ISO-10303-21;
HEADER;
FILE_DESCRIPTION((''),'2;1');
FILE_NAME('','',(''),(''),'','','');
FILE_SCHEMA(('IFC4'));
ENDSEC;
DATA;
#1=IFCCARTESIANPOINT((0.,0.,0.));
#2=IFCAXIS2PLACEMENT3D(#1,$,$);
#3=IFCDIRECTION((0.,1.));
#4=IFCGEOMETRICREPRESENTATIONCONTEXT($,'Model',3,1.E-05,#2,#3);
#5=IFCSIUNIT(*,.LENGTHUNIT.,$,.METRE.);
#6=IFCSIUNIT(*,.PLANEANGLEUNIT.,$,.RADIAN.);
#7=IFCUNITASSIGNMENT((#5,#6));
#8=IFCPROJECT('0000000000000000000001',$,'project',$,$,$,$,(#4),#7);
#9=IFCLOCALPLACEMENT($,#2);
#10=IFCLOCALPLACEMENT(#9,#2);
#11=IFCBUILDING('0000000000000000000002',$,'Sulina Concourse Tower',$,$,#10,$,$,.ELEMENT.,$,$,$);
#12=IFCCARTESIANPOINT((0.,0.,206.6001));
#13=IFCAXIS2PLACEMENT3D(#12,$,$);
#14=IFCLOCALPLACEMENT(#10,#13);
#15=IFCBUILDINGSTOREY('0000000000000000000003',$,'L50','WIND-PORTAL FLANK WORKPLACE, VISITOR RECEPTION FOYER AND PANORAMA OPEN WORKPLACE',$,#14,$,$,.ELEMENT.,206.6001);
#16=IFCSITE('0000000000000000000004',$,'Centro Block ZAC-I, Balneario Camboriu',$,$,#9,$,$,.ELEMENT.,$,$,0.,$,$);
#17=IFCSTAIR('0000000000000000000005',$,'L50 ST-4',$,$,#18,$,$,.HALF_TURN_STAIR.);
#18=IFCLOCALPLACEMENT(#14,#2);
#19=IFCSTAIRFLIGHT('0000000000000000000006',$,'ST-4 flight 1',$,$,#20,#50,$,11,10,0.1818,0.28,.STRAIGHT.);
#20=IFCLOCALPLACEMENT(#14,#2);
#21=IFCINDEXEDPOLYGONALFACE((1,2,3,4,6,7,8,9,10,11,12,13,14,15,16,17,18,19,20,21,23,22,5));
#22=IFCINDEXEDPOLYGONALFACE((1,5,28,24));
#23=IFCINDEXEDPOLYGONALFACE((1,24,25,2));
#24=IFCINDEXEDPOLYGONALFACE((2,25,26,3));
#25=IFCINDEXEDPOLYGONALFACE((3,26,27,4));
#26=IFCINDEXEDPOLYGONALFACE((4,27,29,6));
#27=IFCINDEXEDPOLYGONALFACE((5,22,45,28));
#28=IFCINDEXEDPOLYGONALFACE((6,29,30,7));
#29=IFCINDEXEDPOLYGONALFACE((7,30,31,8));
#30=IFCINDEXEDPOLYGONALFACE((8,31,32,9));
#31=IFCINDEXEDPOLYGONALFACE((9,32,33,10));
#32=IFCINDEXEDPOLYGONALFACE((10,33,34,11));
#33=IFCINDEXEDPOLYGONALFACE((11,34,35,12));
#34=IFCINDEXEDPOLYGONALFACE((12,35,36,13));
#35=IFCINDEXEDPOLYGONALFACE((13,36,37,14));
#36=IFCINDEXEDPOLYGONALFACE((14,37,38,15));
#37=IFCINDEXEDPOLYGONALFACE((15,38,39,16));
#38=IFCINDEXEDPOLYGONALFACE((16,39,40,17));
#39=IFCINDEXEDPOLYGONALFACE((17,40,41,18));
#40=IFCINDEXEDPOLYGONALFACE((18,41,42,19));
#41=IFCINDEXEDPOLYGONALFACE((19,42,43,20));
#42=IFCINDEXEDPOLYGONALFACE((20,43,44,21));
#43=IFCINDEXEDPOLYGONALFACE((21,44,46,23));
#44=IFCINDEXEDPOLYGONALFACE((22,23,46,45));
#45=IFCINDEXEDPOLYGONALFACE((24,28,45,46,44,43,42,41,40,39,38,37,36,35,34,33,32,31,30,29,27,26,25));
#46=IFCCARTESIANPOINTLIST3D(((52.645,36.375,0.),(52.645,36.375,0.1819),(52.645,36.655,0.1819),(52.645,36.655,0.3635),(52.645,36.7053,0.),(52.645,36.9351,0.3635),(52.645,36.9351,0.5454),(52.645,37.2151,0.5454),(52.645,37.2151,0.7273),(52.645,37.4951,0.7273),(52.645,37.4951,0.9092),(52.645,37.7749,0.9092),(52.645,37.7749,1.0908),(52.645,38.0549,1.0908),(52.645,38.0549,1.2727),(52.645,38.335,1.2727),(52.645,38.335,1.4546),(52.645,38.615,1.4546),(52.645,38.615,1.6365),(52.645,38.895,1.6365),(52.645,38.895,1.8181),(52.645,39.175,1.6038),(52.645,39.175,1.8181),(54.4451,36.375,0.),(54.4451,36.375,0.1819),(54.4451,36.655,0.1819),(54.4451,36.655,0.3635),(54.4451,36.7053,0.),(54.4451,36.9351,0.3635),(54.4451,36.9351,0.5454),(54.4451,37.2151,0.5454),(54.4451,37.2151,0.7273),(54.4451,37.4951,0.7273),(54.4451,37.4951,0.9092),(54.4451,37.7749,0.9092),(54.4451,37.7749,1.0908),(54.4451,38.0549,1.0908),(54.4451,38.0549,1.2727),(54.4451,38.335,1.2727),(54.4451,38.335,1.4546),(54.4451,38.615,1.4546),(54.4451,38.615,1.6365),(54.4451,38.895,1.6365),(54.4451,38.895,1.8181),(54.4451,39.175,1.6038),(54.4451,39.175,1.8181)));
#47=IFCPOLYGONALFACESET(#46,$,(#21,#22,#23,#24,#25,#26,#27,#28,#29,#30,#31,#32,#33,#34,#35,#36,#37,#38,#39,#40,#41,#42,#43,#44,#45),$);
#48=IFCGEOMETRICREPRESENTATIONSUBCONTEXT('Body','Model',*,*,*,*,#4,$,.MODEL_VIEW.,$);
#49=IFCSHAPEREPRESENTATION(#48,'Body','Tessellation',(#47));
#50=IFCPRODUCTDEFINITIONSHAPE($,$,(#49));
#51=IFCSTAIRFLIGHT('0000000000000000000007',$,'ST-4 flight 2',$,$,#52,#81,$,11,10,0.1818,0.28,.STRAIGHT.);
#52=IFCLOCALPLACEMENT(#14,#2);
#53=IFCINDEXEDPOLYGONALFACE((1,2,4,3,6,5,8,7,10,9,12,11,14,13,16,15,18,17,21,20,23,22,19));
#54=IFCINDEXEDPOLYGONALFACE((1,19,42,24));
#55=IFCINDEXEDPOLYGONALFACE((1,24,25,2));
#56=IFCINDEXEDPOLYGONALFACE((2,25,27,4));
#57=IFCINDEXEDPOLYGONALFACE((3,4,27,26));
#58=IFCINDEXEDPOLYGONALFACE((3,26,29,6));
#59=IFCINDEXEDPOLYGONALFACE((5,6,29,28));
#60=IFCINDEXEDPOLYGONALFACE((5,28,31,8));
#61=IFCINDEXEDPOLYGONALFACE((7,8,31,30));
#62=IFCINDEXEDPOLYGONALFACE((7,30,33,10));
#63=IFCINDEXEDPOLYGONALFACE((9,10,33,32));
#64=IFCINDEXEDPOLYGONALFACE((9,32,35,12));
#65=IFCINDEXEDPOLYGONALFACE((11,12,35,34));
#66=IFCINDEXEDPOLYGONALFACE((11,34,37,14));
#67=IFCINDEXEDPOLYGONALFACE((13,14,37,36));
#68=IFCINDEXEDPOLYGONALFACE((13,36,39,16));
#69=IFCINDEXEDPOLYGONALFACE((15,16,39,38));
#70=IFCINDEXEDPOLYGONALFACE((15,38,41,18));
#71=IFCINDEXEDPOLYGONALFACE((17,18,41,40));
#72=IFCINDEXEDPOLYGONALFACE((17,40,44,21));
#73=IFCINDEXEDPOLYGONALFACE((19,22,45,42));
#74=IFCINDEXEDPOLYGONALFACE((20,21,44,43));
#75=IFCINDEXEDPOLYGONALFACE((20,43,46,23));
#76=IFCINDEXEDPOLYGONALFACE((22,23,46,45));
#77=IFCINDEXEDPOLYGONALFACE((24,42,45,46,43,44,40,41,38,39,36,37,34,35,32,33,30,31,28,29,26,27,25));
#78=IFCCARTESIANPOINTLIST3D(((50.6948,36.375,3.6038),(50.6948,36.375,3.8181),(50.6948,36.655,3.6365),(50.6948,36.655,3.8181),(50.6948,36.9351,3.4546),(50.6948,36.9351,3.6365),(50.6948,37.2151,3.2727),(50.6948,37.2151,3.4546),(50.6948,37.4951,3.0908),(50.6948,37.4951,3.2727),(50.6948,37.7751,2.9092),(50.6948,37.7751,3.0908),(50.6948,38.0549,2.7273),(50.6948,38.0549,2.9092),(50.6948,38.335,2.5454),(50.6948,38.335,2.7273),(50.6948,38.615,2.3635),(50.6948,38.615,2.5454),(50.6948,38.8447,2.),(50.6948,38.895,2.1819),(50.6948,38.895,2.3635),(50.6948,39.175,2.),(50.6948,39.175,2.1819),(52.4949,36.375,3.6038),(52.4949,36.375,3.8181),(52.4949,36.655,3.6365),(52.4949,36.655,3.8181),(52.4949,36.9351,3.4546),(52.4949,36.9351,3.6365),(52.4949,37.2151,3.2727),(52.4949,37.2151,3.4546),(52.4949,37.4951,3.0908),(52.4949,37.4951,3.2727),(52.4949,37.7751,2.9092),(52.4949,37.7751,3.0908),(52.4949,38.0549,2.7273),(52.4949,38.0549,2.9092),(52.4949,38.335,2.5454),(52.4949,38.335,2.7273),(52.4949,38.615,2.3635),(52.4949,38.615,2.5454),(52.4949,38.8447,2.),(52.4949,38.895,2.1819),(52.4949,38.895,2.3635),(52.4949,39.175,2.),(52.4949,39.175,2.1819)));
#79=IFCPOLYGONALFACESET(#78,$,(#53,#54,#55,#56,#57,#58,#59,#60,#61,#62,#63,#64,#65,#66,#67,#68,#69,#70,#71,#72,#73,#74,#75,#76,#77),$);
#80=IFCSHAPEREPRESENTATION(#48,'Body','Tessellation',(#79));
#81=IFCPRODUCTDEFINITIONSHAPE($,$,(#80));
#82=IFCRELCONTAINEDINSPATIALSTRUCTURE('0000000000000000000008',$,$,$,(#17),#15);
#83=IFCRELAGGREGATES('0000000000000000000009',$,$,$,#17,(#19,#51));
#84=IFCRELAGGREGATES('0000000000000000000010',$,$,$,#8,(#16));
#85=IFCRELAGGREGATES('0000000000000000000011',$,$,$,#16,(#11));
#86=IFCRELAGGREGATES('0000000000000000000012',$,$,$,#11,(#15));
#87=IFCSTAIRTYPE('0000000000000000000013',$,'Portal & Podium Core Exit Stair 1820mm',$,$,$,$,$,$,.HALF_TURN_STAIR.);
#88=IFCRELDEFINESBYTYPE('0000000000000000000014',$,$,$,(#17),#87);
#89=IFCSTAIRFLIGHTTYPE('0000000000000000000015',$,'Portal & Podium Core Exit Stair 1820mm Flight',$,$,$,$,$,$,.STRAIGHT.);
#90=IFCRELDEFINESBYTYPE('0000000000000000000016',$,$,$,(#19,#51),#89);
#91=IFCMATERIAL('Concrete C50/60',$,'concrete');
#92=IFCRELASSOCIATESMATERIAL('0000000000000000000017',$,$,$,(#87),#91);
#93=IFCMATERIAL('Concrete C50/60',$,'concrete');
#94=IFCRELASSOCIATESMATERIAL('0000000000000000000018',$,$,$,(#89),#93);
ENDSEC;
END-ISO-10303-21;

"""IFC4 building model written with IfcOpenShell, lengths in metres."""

from ifc_helpers import new_model, si_unit, direction, frame, origin, place, context, subcontext, project, spatial, polyline, outline, extrude, material, type_object, element, aggregate, save


model = new_model("IFC4")

# Units and contexts
model_context = context("Model", 3, precision=1e-05, world=origin(), true_north=direction((0.0, 1.0)))
body_context = subcontext(model_context, "Body", "Model", "MODEL_VIEW")
ifc_project = project(units=[si_unit("LENGTHUNIT", "METRE"), si_unit("PLANEANGLEUNIT", "RADIAN")], contexts=[model_context])

# Site, building, storey
site_placement = place(None, origin())
site = spatial("IfcSite", under=ifc_project, at=site_placement, Name="Centro Block ZAC-I, Balneario Camboriu", CompositionType="ELEMENT", RefElevation=0.0)
building_placement = place(site_placement, origin())
building = spatial("IfcBuilding", under=site, at=building_placement, Name="Sulina Concourse Tower", CompositionType="ELEMENT")
storey_placement = place(building_placement, frame((0.0, 0.0, 206.6001)))
storey = spatial("IfcBuildingStorey", under=building, at=storey_placement, Name="L50", Description="WIND-PORTAL FLANK WORKPLACE, VISITOR RECEPTION FOYER AND PANORAMA OPEN WORKPLACE", CompositionType="ELEMENT", Elevation=206.6001)

# Stair, stair flights
ifc_material_1 = material(Name="Concrete C50/60", Category="concrete")
stair_type = type_object("IfcStairType", Name="Portal & Podium Core Exit Stair 1820mm", PredefinedType="HALF_TURN_STAIR", material=ifc_material_1)
stair_placement = place(storey_placement, origin())
stair = element("IfcStair", 1, at=stair_placement, inside=storey, type_object=stair_type, Name="L50 ST-4", PredefinedType="HALF_TURN_STAIR")
ifc_material_2 = material(Name="Concrete C50/60", Category="concrete")
stair_flight_type = type_object("IfcStairFlightType", Name="Portal & Podium Core Exit Stair 1820mm Flight", PredefinedType="STRAIGHT", material=ifc_material_2)
stair_flight_1_placement = place(storey_placement, frame((53.5449, 36.375, 0.0), z_axis=(0.0, 0.0, 1.0), x_axis=(0.0, 1.0, 0.0)))
stair_flight_1 = element("IfcStairFlight", 2, at=stair_flight_1_placement, type_object=stair_flight_type, Name="ST-4 flight 1", NumberOfRisers=11, NumberOfTreads=10, PredefinedType="STRAIGHT", RiserHeight=0.1818, TreadLength=0.28, context=body_context, shape_type="SweptSolid", body=[
    extrude(outline(polyline([(0.0, 0.0), (0.0, 0.1819), (0.28, 0.1819), (0.28, 0.3635), (0.5601, 0.3635), (0.5601, 0.5454), (0.8401, 0.5454), (0.8401, 0.7273), (1.1201, 0.7273), (1.1201, 0.9092), (1.3999, 0.9092), (1.3999, 1.0908), (1.6799, 1.0908), (1.6799, 1.2727), (1.96, 1.2727), (1.96, 1.4546), (2.24, 1.4546), (2.24, 1.6365), (2.52, 1.6365), (2.52, 1.8181), (2.8, 1.8181), (2.8, 2.0), (2.8, 1.6038), (0.3303, 0.0), (0.0, 0.0)])), frame((0.0, 0.8999, 0.0), z_axis=(0.0, -1.0, 0.0), x_axis=(1.0, 0.0, 0.0)), (0.0, 0.0, 1.0), 1.8),
])
stair_flight_2_placement = place(storey_placement, frame((51.595, 39.175, 2.0), z_axis=(0.0, 0.0, 1.0), x_axis=(0.0, -1.0, 0.0)))
stair_flight_2 = element("IfcStairFlight", 3, at=stair_flight_2_placement, type_object=stair_flight_type, Name="ST-4 flight 2", NumberOfRisers=11, NumberOfTreads=10, PredefinedType="STRAIGHT", RiserHeight=0.1818, TreadLength=0.28, context=body_context, shape_type="SweptSolid", body=[
    extrude(outline(polyline([(0.0, 0.0), (0.0, 0.1819), (0.28, 0.1819), (0.28, 0.3635), (0.5601, 0.3635), (0.5601, 0.5454), (0.8401, 0.5454), (0.8401, 0.7273), (1.1201, 0.7273), (1.1201, 0.9092), (1.3999, 0.9092), (1.3999, 1.0908), (1.6799, 1.0908), (1.6799, 1.2727), (1.96, 1.2727), (1.96, 1.4546), (2.24, 1.4546), (2.24, 1.6365), (2.52, 1.6365), (2.52, 1.8181), (2.8, 1.8181), (2.8, 2.0), (2.8, 1.6038), (0.3303, 0.0), (0.0, 0.0)])), frame((0.0, 0.8999, 0.0), z_axis=(0.0, -1.0, 0.0), x_axis=(1.0, 0.0, 0.0)), (0.0, 0.0, 1.0), 1.8),
])
aggregate(stair, [stair_flight_1, stair_flight_2])

save(model, "model.ifc")
